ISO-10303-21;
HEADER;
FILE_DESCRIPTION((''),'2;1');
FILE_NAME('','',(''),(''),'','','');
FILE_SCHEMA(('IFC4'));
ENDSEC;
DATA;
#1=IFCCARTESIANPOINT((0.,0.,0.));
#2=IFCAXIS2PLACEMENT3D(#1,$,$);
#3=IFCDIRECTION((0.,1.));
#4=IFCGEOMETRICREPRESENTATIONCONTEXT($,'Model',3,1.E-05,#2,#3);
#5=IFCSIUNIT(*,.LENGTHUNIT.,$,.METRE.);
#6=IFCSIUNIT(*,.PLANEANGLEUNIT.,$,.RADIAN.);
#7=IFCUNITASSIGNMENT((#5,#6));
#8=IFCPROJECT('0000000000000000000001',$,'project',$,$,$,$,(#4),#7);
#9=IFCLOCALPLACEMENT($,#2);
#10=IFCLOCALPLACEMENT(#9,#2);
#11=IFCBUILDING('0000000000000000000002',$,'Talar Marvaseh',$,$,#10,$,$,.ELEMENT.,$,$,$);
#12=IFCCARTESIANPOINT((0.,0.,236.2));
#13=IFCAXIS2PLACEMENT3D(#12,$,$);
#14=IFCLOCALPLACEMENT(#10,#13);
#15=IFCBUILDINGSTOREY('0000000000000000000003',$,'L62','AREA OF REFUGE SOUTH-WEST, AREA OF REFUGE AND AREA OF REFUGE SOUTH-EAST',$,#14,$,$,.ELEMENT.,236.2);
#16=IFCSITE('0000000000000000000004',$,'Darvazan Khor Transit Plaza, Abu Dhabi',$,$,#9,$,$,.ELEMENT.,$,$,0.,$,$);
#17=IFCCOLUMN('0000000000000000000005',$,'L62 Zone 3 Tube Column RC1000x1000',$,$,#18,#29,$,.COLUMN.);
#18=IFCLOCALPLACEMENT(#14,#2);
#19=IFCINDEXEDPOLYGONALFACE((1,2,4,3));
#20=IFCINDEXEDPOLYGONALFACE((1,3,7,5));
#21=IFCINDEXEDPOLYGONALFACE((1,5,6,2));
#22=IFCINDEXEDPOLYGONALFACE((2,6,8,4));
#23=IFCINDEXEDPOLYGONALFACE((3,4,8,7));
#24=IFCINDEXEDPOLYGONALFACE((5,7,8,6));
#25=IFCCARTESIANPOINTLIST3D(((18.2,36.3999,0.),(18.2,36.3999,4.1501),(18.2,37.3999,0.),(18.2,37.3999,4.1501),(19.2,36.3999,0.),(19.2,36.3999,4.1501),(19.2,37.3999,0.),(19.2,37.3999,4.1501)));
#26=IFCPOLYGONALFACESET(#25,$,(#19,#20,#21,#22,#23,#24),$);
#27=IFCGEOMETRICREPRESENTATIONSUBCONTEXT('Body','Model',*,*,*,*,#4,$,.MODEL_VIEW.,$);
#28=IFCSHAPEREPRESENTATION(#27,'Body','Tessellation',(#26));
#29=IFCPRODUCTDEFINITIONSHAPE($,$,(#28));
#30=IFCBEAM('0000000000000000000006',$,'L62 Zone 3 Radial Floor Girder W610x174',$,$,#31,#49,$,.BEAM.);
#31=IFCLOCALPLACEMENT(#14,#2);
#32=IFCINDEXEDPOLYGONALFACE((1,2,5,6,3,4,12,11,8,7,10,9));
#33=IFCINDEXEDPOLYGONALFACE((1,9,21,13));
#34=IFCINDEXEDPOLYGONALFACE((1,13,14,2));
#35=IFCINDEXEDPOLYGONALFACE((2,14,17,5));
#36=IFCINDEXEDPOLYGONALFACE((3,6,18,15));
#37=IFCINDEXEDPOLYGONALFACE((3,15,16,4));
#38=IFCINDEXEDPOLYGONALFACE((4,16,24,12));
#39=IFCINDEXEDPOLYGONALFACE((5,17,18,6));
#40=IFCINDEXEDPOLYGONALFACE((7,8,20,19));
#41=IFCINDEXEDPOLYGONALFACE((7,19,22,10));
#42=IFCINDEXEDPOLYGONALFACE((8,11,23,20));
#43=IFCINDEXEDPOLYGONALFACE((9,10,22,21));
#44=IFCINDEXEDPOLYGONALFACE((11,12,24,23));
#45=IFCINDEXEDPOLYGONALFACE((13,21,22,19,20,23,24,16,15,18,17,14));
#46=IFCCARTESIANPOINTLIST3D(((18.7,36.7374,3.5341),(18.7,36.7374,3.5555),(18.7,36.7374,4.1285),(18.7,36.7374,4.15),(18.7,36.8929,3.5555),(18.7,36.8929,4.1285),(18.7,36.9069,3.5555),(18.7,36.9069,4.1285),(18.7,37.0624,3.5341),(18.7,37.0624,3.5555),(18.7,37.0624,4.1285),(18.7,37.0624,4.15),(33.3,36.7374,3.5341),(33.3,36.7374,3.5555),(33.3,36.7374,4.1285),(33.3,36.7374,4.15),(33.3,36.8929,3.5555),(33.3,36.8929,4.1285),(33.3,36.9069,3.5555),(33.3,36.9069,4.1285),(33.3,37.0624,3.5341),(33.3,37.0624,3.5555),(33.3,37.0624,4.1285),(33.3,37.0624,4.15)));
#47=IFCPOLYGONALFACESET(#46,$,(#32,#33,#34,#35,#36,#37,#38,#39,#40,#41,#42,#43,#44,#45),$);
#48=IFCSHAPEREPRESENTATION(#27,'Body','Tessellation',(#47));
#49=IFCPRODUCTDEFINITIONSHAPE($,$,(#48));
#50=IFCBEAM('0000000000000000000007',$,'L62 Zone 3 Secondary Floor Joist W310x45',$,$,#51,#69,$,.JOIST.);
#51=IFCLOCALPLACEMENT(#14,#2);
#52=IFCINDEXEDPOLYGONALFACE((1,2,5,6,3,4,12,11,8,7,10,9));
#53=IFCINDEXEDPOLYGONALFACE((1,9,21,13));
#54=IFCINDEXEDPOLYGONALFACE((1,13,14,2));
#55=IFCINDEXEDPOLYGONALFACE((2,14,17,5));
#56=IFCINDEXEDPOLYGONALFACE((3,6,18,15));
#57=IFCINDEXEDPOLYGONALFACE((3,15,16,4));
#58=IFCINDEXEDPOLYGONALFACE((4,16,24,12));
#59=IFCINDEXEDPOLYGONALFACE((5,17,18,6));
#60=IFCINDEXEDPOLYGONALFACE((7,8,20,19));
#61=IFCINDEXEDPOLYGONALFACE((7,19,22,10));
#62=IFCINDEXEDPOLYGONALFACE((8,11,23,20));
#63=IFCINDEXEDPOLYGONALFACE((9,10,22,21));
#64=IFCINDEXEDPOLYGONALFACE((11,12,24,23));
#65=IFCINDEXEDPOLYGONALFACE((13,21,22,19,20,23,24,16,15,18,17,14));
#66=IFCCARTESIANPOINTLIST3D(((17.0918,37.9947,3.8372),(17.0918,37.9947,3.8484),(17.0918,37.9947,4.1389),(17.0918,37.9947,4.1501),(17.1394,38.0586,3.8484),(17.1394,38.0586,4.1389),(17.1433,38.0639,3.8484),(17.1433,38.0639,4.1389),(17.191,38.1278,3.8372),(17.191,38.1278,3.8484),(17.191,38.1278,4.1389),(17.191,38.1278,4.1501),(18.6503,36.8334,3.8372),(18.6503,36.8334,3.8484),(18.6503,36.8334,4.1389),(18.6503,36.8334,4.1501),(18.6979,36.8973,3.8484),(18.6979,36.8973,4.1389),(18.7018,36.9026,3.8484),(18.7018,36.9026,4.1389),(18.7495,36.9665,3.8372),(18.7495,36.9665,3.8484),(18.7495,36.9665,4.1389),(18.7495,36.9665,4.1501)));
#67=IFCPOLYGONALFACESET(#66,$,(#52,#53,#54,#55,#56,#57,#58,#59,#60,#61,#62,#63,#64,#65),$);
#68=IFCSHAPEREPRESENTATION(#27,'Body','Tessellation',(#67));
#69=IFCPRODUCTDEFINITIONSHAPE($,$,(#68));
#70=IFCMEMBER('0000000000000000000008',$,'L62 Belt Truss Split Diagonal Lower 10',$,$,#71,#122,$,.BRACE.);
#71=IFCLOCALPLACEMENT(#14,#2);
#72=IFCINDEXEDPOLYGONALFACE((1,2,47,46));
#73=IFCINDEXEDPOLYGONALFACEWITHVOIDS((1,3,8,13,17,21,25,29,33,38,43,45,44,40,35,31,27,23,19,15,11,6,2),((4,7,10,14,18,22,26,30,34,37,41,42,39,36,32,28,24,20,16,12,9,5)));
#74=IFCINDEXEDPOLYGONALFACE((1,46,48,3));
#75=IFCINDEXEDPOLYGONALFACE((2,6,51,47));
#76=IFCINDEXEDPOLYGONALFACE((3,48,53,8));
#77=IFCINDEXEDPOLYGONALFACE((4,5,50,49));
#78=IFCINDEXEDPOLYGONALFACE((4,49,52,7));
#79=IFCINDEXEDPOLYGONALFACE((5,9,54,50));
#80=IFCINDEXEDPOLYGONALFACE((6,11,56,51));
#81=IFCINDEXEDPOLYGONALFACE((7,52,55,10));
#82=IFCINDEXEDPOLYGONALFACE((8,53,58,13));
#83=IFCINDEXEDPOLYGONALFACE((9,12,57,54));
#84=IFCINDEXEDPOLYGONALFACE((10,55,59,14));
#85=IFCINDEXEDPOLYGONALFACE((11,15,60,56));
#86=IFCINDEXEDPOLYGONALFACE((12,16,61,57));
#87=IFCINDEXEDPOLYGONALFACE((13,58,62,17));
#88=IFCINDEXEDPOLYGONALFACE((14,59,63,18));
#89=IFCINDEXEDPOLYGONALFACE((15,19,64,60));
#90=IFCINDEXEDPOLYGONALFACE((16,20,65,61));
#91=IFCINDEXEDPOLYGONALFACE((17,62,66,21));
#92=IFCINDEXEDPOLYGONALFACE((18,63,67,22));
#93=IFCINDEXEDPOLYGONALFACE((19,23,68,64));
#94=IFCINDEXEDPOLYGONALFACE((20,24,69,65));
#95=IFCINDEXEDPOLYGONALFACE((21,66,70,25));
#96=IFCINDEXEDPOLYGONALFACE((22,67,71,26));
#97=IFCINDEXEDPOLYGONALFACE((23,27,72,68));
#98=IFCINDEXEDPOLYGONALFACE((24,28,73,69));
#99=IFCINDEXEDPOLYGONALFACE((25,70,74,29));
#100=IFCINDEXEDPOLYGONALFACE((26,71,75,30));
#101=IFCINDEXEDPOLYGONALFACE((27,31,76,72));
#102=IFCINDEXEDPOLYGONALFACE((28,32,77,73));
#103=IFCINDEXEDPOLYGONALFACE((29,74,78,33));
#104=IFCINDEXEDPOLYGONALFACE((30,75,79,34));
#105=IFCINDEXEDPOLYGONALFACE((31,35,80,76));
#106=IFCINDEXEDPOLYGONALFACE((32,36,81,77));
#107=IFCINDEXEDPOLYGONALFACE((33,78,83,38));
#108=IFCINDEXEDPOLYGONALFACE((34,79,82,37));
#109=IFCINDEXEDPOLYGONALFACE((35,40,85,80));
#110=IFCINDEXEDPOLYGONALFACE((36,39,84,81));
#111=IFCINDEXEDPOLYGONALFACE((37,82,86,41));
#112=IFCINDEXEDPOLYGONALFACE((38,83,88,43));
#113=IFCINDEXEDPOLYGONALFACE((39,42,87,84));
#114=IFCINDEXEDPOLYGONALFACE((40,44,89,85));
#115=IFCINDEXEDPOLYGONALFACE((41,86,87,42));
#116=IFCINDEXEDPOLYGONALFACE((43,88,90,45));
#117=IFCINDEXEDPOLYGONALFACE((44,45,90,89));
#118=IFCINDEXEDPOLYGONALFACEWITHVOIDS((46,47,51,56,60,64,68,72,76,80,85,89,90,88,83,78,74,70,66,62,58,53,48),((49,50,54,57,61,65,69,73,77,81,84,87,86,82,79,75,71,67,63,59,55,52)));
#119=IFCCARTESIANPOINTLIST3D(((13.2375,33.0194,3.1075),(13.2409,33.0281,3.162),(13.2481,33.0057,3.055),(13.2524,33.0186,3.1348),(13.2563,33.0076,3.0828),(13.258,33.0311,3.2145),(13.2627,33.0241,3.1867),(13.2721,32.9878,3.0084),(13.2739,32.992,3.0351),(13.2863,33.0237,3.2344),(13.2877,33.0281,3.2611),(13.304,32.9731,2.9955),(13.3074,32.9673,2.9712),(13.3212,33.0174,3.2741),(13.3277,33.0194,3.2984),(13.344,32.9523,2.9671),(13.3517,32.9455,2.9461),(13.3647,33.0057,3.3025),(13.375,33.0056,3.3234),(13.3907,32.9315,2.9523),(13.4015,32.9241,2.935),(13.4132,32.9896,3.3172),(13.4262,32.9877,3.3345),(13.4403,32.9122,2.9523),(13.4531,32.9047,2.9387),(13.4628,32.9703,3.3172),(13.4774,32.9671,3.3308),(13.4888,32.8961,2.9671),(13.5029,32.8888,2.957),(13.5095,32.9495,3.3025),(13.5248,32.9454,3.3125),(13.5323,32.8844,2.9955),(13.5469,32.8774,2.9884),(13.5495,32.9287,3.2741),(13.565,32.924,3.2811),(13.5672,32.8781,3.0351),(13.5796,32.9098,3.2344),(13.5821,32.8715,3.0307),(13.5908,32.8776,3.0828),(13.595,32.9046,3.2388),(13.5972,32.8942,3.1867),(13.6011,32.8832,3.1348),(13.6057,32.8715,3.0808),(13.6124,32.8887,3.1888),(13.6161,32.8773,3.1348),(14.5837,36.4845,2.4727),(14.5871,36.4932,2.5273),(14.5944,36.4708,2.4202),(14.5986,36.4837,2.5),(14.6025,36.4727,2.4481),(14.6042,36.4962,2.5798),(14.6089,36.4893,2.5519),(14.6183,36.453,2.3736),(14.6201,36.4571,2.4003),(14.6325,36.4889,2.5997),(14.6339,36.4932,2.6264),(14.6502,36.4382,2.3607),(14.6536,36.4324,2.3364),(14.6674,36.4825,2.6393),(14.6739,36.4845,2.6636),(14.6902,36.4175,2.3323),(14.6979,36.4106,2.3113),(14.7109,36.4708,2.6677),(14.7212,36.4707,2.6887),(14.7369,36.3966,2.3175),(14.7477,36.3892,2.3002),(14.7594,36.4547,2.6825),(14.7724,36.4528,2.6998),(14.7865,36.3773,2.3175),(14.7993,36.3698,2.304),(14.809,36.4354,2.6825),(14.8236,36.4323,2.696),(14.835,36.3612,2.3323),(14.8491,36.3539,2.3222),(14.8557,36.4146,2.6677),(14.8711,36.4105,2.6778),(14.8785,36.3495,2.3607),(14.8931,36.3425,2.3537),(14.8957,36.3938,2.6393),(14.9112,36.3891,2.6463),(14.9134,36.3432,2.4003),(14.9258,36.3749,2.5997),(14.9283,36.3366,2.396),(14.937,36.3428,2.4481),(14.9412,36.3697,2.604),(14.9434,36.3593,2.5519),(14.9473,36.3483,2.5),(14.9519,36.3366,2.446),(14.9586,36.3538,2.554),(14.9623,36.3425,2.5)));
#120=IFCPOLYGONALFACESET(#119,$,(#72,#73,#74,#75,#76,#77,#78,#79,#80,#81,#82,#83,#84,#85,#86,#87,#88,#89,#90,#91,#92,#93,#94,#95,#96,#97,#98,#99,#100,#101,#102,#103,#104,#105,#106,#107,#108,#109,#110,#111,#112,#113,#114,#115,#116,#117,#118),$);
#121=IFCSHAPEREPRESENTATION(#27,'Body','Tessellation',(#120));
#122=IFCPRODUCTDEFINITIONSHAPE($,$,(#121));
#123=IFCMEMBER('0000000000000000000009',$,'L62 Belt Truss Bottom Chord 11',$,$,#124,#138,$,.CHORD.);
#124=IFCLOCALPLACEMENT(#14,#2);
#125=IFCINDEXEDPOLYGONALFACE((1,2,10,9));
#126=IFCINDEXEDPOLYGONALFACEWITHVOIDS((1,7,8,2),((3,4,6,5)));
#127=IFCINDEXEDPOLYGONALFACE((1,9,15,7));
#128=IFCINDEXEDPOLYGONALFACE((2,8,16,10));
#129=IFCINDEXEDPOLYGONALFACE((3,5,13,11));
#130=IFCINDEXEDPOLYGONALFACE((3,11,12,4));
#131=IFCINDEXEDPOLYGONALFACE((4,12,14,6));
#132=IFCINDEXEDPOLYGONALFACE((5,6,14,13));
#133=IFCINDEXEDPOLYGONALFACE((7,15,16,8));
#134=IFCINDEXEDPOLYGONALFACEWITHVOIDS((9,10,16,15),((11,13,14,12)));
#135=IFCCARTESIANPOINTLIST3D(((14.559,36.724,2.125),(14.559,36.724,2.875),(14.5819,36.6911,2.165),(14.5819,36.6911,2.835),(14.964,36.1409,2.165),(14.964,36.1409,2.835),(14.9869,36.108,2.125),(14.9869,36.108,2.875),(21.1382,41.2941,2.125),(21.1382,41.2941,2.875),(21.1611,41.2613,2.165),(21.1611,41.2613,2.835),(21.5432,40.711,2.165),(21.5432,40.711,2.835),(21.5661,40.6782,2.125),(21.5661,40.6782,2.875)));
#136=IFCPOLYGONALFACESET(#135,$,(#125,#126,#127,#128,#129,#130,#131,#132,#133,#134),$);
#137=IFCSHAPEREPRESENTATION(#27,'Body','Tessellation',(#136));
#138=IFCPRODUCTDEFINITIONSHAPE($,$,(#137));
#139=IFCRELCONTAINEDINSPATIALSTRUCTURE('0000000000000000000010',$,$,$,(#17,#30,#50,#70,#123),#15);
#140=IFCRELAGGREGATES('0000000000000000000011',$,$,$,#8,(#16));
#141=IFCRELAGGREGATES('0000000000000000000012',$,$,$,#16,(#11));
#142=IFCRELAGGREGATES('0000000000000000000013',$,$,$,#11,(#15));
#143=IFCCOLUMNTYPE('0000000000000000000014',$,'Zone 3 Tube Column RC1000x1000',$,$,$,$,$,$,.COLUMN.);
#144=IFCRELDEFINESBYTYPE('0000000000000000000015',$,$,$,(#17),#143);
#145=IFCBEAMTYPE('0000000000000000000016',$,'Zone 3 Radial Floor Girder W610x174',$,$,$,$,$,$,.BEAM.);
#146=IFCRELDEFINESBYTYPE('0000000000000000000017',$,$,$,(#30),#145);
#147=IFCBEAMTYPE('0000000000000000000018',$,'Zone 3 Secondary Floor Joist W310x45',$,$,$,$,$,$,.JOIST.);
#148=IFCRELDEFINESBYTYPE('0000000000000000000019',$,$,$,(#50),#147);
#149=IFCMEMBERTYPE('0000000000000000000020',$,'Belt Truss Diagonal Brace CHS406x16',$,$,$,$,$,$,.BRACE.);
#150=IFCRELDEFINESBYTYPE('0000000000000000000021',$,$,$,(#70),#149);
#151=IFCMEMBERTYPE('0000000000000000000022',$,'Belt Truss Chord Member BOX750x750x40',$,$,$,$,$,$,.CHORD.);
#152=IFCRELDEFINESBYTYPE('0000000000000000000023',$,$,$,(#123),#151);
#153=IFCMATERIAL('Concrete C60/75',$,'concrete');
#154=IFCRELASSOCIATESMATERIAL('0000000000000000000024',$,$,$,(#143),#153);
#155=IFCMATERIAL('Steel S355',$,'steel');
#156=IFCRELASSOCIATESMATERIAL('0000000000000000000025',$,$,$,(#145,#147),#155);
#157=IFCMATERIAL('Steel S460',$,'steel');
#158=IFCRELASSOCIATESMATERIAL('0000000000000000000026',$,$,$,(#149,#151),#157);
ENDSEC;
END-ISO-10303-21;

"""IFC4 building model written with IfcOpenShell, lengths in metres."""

from ifc_helpers import new_model, si_unit, direction, frame, origin, origin_2d, place, context, subcontext, project, spatial, rectangle, hollow_rectangle, hollow_circle, i_section, extrude, source, transform, mapped, material, material_profile, profile_set, type_object, type_shapes, element, save


model = new_model("IFC4")

# Units and contexts
model_context = context("Model", 3, precision=1e-05, world=origin(), true_north=direction((0.0, 1.0)))
body_context = subcontext(model_context, "Body", "Model", "MODEL_VIEW")
ifc_project = project(units=[si_unit("LENGTHUNIT", "METRE"), si_unit("PLANEANGLEUNIT", "RADIAN")], contexts=[model_context])

# Site, building, storey
site_placement = place(None, origin())
site = spatial("IfcSite", under=ifc_project, at=site_placement, Name="Darvazan Khor Transit Plaza, Abu Dhabi", CompositionType="ELEMENT", RefElevation=0.0)
building_placement = place(site_placement, origin())
building = spatial("IfcBuilding", under=site, at=building_placement, Name="Talar Marvaseh", CompositionType="ELEMENT")
storey_placement = place(building_placement, frame((0.0, 0.0, 236.2)))
storey = spatial("IfcBuildingStorey", under=building, at=storey_placement, Name="L62", Description="AREA OF REFUGE SOUTH-WEST, AREA OF REFUGE AND AREA OF REFUGE SOUTH-EAST", CompositionType="ELEMENT", Elevation=236.2)

# Column
ifc_material_1 = material(Name="Concrete C60/75", Category="concrete")
ifc_material_profile_1 = material_profile(ifc_material_1, rectangle(XDim=1.0, YDim=1.0, at=origin_2d()), Name="RC1000x1000")
ifc_profile_set_1 = profile_set([ifc_material_profile_1], Name="Concrete C60/75")
column_type = type_object("IfcColumnType", Name="Zone 3 Tube Column RC1000x1000", PredefinedType="COLUMN", material=ifc_profile_set_1)
column_placement = place(storey_placement, frame((18.7, 36.8999, 0.0), z_axis=(0.0, 0.0, 1.0), x_axis=(1.0, 0.0, 0.0)))
element("IfcColumn", 1, at=column_placement, inside=storey, type_object=column_type, Name="L62 Zone 3 Tube Column RC1000x1000", PredefinedType="COLUMN", context=body_context, shape_type="SweptSolid", body=[
    extrude(rectangle(XDim=1.0, YDim=1.0, at=origin_2d()), origin(), (0.0, 0.0, 1.0), 4.1501),
])

# Beams
ifc_material_2 = material(Name="Steel S355", Category="steel")
ifc_material_profile_2 = material_profile(ifc_material_2, i_section(OverallWidth=0.325, OverallDepth=0.616, WebThickness=0.0139, FlangeThickness=0.0215, at=origin_2d()), Name="W610x174")
ifc_profile_set_2 = profile_set([ifc_material_profile_2], Name="Steel S355")
beam_type_1 = type_object("IfcBeamType", Name="Zone 3 Radial Floor Girder W610x174", PredefinedType="BEAM", material=ifc_profile_set_2)
beam_1_placement = place(storey_placement, frame((18.7, 36.8999, 3.842), z_axis=(1.0, 0.0, 0.0), x_axis=(0.0, 1.0, 0.0)))
element("IfcBeam", 2, at=beam_1_placement, inside=storey, type_object=beam_type_1, Name="L62 Zone 3 Radial Floor Girder W610x174", PredefinedType="BEAM", context=body_context, shape_type="SweptSolid", body=[
    extrude(i_section(OverallWidth=0.325, OverallDepth=0.616, WebThickness=0.0139, FlangeThickness=0.0215, at=origin_2d()), origin(), (0.0, 0.0, 1.0), 14.6001),
])
ifc_material_profile_3 = material_profile(ifc_material_2, i_section(OverallWidth=0.166, OverallDepth=0.313, WebThickness=0.0066, FlangeThickness=0.0112, at=origin_2d()), Name="W310x45")
ifc_profile_set_3 = profile_set([ifc_material_profile_3], Name="Steel S355")
beam_type_2 = type_object("IfcBeamType", Name="Zone 3 Secondary Floor Joist W310x45", PredefinedType="JOIST", material=ifc_profile_set_3)
beam_2_placement = place(storey_placement, frame((17.1414, 38.0613, 3.9937), z_axis=(0.801865, -0.597505, 0.0), x_axis=(0.597505, 0.801865, 0.0)))
element("IfcBeam", 3, at=beam_2_placement, inside=storey, type_object=beam_type_2, Name="L62 Zone 3 Secondary Floor Joist W310x45", PredefinedType="JOIST", context=body_context, shape_type="SweptSolid", body=[
    extrude(i_section(OverallWidth=0.166, OverallDepth=0.313, WebThickness=0.0066, FlangeThickness=0.0112, at=origin_2d()), origin(), (0.0, 0.0, 1.0), 1.9436),
])

# Members
ifc_material_3 = material(Name="Steel S460", Category="steel")
ifc_material_profile_4 = material_profile(ifc_material_3, hollow_circle(Radius=0.2031, WallThickness=0.0161, at=origin_2d()), Name="CHS406x16")
ifc_profile_set_4 = profile_set([ifc_material_profile_4], Name="Steel S460")
member_type_1 = type_object("IfcMemberType", Name="Belt Truss Diagonal Brace CHS406x16", PredefinedType="BRACE", material=ifc_profile_set_4)
shared_shape_1 = source(origin(), body_context, "Body", "SweptSolid", [
    extrude(hollow_circle(Radius=0.2031, WallThickness=0.0161, at=origin_2d()), origin(), (0.0, 0.0, 1.0), 3.7712),
])
member_1_placement = place(storey_placement, frame((14.7729, 36.416, 2.5), z_axis=(-0.356966, -0.918828, 0.168319), x_axis=(0.932127, -0.362132, 0.0)))
element("IfcMember", 4, at=member_1_placement, inside=storey, type_object=member_type_1, Name="L62 Belt Truss Split Diagonal Lower 10", PredefinedType="BRACE", context=body_context, shape_type="MappedRepresentation", body=[
    mapped(shared_shape_1, transform((0.0, 0.0, 0.0), x_axis=(1.0, 0.0, 0.0), y_axis=(0.0, 1.0, 0.0), z_axis=(0.0, 0.0, 1.0), scale=1.0)),
])
ifc_material_profile_5 = material_profile(ifc_material_3, hollow_rectangle(XDim=0.75, YDim=0.75, WallThickness=0.04, at=origin_2d()), Name="BOX750x750x40")
ifc_profile_set_5 = profile_set([ifc_material_profile_5], Name="Steel S460")
member_type_2 = type_object("IfcMemberType", Name="Belt Truss Chord Member BOX750x750x40", PredefinedType="CHORD", material=ifc_profile_set_5)
shared_shape_2 = source(origin(), body_context, "Body", "SweptSolid", [
    extrude(hollow_rectangle(XDim=0.75, YDim=0.75, WallThickness=0.04, at=origin_2d()), origin(), (0.0, 0.0, 1.0), 8.0107),
])
type_shapes(member_type_2, [shared_shape_2])
member_2_placement = place(storey_placement, frame((14.7729, 36.416, 2.5), z_axis=(0.821297, 0.570501, 0.0), x_axis=(-0.570501, 0.821297, 0.0)))
element("IfcMember", 5, at=member_2_placement, inside=storey, type_object=member_type_2, Name="L62 Belt Truss Bottom Chord 11", PredefinedType="CHORD", context=body_context, shape_type="MappedRepresentation", body=[
    mapped(shared_shape_2, transform((0.0, 0.0, 0.0), x_axis=(1.0, 0.0, 0.0), y_axis=(0.0, 1.0, 0.0), z_axis=(0.0, 0.0, 1.0), scale=1.0)),
])

save(model, "model.ifc")
